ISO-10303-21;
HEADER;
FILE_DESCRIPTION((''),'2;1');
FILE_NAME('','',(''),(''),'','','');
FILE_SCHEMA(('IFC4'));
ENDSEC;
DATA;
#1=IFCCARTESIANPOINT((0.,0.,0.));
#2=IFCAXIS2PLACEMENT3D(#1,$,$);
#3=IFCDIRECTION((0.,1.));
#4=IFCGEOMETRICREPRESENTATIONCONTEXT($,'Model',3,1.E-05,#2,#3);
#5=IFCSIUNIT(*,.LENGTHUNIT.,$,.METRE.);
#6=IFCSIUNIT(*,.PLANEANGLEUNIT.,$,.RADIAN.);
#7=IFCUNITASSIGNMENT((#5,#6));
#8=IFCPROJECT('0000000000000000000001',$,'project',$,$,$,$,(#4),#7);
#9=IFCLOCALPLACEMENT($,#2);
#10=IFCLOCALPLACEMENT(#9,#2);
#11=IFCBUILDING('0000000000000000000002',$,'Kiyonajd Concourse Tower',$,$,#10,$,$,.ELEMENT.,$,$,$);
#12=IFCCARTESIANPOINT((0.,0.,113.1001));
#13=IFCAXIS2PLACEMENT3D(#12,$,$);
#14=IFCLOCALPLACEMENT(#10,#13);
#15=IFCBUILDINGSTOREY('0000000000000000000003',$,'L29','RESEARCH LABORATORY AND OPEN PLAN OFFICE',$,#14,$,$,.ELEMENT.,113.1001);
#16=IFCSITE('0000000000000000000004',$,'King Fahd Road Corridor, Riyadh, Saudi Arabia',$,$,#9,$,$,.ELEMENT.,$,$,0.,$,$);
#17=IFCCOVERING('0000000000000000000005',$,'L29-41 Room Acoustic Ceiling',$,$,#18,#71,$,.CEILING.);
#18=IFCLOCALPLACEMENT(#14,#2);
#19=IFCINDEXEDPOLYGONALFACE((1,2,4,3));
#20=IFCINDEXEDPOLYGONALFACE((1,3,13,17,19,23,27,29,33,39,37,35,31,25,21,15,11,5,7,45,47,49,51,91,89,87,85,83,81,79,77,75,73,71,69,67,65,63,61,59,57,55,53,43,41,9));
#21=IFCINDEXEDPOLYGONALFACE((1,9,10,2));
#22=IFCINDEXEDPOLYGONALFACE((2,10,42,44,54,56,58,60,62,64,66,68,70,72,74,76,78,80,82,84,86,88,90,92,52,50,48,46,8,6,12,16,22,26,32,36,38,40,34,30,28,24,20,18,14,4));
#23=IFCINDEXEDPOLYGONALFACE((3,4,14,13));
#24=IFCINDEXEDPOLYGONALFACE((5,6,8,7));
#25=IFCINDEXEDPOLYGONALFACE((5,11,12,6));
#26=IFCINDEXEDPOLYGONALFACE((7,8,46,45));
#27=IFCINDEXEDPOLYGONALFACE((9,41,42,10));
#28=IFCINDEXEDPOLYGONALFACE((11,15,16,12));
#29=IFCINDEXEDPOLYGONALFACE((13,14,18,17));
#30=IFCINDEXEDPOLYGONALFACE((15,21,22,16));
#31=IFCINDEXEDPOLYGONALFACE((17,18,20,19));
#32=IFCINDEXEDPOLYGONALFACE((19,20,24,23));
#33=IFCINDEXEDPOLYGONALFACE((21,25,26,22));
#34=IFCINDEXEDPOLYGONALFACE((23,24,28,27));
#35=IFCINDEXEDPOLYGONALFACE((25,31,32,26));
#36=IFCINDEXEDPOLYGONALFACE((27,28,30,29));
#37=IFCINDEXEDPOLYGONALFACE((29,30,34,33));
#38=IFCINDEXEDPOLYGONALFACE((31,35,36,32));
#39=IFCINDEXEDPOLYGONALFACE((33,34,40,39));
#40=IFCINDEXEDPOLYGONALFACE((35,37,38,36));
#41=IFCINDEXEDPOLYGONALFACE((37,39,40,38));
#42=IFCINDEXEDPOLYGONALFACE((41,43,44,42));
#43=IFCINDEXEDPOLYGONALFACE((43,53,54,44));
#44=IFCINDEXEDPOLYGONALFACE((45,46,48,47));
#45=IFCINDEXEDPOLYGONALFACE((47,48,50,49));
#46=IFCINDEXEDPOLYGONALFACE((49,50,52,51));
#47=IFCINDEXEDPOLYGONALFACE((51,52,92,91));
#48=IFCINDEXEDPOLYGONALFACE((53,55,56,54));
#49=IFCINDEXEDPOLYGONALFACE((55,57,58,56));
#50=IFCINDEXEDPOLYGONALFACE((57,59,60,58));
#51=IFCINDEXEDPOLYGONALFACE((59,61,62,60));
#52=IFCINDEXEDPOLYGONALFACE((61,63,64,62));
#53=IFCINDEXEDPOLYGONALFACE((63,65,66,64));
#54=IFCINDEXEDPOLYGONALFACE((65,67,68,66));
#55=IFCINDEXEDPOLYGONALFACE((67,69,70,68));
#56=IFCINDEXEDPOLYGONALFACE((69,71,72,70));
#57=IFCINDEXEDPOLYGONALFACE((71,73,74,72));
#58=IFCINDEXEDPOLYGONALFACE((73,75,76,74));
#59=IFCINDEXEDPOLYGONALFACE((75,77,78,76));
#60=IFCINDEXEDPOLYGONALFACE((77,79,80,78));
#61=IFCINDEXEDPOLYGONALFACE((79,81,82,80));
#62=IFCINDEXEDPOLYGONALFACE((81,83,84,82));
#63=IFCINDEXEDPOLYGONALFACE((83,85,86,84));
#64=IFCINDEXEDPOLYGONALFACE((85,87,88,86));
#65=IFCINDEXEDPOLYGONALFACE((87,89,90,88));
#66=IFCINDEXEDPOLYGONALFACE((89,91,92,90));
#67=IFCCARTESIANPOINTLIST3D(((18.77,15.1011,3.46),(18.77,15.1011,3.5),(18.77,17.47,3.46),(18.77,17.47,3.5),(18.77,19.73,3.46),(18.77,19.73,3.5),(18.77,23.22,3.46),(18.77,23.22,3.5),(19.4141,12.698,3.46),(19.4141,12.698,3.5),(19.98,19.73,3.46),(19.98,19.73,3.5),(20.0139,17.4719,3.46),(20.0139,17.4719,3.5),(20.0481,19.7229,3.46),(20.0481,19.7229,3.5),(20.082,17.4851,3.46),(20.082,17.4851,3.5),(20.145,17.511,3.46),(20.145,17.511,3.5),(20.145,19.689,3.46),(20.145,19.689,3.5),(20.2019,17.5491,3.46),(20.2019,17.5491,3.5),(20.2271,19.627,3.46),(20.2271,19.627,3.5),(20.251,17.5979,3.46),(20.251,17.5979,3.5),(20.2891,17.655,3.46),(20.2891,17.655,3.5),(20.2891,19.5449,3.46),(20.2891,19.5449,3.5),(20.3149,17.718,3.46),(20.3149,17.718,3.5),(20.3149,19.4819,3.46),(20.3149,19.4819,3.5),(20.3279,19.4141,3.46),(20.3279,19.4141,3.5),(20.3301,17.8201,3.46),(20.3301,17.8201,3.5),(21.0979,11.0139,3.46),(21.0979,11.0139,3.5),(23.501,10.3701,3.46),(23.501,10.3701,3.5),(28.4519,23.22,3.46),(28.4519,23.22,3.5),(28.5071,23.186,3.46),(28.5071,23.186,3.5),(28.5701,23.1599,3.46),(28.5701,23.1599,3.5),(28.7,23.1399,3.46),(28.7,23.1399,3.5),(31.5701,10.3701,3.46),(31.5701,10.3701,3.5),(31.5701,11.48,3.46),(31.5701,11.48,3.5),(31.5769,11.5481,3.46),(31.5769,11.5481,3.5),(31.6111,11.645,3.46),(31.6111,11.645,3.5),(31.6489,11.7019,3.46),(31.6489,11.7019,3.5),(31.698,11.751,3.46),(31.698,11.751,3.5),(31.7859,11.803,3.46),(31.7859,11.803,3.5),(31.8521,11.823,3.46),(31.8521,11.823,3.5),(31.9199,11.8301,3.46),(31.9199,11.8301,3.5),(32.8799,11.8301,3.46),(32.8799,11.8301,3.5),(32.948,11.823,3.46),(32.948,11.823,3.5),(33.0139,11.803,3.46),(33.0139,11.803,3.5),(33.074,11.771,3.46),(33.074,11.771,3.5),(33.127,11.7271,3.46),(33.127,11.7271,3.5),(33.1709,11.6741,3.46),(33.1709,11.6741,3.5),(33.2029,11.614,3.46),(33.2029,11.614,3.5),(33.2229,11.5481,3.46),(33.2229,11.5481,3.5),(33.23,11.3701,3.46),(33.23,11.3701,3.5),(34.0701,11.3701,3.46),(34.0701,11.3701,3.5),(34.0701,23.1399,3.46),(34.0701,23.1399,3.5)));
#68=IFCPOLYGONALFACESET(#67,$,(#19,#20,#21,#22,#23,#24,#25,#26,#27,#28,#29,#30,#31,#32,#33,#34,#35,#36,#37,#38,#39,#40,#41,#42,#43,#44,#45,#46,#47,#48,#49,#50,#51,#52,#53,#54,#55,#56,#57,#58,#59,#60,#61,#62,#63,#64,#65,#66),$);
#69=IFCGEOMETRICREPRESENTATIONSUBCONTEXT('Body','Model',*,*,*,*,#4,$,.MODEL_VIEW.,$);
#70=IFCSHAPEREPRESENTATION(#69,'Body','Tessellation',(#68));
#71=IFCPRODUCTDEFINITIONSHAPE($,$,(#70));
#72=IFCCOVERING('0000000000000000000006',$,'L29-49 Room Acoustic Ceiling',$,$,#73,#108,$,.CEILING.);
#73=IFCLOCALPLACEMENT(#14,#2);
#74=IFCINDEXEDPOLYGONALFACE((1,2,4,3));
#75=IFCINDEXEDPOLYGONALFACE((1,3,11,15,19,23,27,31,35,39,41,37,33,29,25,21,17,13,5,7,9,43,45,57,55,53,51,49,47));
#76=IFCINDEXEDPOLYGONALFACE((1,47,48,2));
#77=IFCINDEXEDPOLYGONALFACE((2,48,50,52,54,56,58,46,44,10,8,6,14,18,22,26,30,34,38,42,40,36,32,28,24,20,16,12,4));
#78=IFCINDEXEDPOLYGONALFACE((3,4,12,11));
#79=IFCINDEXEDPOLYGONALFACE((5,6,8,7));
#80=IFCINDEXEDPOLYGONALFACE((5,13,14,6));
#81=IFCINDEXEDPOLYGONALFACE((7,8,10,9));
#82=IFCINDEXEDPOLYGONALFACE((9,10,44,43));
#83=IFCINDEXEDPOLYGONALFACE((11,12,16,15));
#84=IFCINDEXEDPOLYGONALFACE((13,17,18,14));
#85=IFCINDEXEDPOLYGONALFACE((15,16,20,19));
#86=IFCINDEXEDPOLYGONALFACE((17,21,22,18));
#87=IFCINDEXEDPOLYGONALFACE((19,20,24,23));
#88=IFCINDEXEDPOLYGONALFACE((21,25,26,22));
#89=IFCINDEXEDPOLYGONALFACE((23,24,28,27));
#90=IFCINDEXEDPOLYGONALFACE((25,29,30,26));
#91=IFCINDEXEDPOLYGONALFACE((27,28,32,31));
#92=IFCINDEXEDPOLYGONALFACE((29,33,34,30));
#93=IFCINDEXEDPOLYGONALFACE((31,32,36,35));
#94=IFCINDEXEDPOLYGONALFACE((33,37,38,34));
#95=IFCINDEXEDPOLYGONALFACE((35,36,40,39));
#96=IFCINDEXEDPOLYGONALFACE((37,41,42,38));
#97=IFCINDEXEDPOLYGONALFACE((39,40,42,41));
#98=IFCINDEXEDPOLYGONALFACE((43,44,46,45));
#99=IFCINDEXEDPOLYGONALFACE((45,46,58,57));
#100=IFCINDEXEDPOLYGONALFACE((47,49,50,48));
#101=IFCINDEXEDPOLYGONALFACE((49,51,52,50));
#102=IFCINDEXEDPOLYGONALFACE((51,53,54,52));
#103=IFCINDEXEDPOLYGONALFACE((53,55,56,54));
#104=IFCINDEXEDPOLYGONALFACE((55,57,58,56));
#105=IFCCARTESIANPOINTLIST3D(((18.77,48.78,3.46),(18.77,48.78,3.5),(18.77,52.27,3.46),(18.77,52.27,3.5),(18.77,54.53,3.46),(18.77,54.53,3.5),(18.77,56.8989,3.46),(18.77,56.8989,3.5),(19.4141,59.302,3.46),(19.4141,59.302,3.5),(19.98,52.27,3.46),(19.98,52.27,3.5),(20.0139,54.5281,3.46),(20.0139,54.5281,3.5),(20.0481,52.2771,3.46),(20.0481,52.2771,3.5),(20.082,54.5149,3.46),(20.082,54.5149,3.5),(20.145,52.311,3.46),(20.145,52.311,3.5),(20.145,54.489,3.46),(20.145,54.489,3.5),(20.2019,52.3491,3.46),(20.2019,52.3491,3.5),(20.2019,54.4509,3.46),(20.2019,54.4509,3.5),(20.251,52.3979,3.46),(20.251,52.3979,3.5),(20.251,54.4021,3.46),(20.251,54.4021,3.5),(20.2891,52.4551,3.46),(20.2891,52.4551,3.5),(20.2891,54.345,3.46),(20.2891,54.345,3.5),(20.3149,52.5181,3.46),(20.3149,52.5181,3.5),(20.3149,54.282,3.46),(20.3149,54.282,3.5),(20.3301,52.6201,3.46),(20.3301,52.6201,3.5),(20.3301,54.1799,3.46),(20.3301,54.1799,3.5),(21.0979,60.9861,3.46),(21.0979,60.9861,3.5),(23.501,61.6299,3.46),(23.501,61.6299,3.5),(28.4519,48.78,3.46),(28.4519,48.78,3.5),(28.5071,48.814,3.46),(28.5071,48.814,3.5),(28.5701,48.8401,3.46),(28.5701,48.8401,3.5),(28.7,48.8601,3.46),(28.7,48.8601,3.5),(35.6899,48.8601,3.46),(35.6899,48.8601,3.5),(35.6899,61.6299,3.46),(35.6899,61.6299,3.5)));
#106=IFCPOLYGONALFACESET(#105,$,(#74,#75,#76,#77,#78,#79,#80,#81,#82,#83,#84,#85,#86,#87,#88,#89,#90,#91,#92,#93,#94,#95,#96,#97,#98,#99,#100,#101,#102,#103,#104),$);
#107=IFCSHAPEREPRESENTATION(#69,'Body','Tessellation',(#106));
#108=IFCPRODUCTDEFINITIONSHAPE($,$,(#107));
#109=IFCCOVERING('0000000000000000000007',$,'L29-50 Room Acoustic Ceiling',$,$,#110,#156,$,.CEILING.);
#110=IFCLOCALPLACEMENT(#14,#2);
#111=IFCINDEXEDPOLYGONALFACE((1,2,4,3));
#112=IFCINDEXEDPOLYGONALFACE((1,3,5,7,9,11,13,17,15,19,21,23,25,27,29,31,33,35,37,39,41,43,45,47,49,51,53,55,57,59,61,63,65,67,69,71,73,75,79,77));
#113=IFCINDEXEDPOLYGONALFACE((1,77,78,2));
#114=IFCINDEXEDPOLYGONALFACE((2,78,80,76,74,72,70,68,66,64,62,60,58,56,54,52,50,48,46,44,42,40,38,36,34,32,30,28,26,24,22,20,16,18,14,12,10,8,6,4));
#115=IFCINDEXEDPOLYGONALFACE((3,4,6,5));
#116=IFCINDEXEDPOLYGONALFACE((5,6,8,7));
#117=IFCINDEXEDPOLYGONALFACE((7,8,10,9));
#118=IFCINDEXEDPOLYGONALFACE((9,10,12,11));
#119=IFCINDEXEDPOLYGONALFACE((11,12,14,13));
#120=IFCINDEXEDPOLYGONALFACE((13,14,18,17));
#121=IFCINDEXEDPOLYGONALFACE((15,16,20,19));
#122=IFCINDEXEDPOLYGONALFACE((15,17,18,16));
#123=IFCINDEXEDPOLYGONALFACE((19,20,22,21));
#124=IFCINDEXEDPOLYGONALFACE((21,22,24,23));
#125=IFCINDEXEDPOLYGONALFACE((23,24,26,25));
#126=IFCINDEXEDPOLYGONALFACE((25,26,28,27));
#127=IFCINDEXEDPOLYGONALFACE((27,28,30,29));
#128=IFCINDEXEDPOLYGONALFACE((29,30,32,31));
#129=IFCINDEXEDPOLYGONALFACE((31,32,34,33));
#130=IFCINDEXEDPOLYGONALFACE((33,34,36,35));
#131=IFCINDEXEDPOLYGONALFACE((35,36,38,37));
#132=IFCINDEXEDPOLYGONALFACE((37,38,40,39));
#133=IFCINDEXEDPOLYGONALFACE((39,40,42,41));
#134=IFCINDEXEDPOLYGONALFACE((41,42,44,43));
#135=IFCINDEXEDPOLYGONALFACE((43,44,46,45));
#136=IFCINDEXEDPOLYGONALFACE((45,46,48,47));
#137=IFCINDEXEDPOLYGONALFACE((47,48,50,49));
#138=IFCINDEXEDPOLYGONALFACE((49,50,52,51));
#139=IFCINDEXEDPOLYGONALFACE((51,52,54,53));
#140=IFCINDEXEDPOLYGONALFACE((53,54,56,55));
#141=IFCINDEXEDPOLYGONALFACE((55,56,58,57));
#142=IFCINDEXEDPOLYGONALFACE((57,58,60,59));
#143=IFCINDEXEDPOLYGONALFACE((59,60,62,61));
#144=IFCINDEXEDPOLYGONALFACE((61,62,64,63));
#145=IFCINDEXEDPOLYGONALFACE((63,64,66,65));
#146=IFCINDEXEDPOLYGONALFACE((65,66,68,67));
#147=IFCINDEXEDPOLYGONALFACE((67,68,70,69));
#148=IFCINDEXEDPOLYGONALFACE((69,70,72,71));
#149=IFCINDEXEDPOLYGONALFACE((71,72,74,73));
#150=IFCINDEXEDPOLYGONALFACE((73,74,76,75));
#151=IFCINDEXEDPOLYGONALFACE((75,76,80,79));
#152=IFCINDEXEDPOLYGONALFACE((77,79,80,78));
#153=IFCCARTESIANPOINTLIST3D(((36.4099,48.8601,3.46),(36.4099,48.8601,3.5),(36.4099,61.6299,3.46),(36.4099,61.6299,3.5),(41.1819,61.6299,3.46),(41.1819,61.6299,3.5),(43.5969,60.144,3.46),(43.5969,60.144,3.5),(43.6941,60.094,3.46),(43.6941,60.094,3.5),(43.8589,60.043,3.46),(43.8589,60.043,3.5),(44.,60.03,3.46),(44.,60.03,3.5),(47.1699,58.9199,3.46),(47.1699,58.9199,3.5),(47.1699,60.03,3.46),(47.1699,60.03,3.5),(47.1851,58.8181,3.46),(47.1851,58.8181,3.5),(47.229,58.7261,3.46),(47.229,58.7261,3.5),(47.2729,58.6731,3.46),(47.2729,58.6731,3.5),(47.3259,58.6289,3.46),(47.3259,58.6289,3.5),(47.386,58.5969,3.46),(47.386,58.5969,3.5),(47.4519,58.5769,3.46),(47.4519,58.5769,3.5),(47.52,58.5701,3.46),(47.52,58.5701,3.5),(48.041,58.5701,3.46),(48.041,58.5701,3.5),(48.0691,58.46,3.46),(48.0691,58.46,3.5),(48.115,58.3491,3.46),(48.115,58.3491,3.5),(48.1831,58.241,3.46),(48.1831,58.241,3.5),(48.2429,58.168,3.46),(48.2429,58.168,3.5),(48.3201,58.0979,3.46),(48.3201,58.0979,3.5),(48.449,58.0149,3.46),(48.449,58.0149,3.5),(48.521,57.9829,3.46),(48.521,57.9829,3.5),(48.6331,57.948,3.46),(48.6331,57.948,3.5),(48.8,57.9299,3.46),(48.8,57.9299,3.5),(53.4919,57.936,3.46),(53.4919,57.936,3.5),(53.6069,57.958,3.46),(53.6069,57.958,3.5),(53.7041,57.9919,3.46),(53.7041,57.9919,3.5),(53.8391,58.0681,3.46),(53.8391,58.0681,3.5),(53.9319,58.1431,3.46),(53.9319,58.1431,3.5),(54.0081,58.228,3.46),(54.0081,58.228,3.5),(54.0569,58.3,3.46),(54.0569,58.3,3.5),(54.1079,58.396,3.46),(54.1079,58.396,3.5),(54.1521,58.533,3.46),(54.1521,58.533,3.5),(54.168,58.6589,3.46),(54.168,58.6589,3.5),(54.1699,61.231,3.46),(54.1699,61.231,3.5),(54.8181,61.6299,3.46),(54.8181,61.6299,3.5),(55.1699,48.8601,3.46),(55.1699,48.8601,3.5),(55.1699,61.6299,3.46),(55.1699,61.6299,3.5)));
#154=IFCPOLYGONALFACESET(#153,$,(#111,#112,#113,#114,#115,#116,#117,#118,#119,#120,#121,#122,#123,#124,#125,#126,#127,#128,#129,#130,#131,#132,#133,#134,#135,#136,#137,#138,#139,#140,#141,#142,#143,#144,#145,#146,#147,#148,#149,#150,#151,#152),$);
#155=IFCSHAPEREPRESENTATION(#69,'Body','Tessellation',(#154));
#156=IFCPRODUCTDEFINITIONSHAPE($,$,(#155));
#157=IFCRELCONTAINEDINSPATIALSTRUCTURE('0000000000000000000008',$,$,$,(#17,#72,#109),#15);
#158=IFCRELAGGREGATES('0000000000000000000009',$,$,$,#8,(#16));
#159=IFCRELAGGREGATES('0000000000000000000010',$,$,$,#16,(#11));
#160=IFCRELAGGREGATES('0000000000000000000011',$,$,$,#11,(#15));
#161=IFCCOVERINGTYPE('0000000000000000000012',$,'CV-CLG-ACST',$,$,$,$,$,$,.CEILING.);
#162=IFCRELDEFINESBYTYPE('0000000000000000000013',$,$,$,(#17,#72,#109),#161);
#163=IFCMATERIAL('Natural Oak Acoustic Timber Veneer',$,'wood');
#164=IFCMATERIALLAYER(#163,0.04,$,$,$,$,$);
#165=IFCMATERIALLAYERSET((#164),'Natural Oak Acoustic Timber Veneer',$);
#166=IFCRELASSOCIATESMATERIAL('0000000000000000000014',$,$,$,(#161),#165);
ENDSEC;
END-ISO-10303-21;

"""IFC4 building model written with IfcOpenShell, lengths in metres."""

from ifc_helpers import new_model, si_unit, direction, frame, origin, place, context, subcontext, project, spatial, polyline, outline, extrude, material, layer, layer_set, type_object, element, save


model = new_model("IFC4")

# Units and contexts
model_context = context("Model", 3, precision=1e-05, world=origin(), true_north=direction((0.0, 1.0)))
body_context = subcontext(model_context, "Body", "Model", "MODEL_VIEW")
ifc_project = project(units=[si_unit("LENGTHUNIT", "METRE"), si_unit("PLANEANGLEUNIT", "RADIAN")], contexts=[model_context])

# Site, building, storey
site_placement = place(None, origin())
site = spatial("IfcSite", under=ifc_project, at=site_placement, Name="King Fahd Road Corridor, Riyadh, Saudi Arabia", CompositionType="ELEMENT", RefElevation=0.0)
building_placement = place(site_placement, origin())
building = spatial("IfcBuilding", under=site, at=building_placement, Name="Kiyonajd Concourse Tower", CompositionType="ELEMENT")
storey_placement = place(building_placement, frame((0.0, 0.0, 113.1001)))
storey = spatial("IfcBuildingStorey", under=building, at=storey_placement, Name="L29", Description="RESEARCH LABORATORY AND OPEN PLAN OFFICE", CompositionType="ELEMENT", Elevation=113.1001)

# Shared definitions
ifc_material_1 = material(Name="Natural Oak Acoustic Timber Veneer", Category="wood")

# Coverings
ifc_layer_1 = layer(ifc_material_1, 0.04)
ifc_layer_set_1 = layer_set([ifc_layer_1], Name="Natural Oak Acoustic Timber Veneer")
covering_type = type_object("IfcCoveringType", Name="CV-CLG-ACST", PredefinedType="CEILING", material=ifc_layer_set_1)
covering_1_placement = place(storey_placement, frame((0.0, 0.0, 3.46)))
element("IfcCovering", 1, at=covering_1_placement, inside=storey, type_object=covering_type, Name="L29-41 Room Acoustic Ceiling", PredefinedType="CEILING", context=body_context, shape_type="SweptSolid", body=[
    extrude(outline(polyline([(19.4141, 12.698), (18.77, 15.1011), (18.77, 17.47), (20.0139, 17.4719), (20.082, 17.4851), (20.145, 17.511), (20.2019, 17.5491), (20.251, 17.5979), (20.2891, 17.655), (20.3149, 17.718), (20.3301, 17.8201), (20.3279, 19.4141), (20.3149, 19.4819), (20.2891, 19.5449), (20.2271, 19.627), (20.145, 19.689), (20.0481, 19.7229), (19.98, 19.73), (18.77, 19.73), (18.77, 23.22), (28.4519, 23.22), (28.5071, 23.186), (28.5701, 23.1599), (28.7, 23.1399), (34.0701, 23.1399), (34.0701, 11.3701), (33.23, 11.3701), (33.2229, 11.5481), (33.2029, 11.614), (33.1709, 11.6741), (33.127, 11.7271), (33.074, 11.771), (33.0139, 11.803), (32.948, 11.823), (32.8799, 11.8301), (31.9199, 11.8301), (31.8521, 11.823), (31.7859, 11.803), (31.698, 11.751), (31.6489, 11.7019), (31.6111, 11.645), (31.5769, 11.5481), (31.5701, 11.48), (31.5701, 10.3701), (23.501, 10.3701), (21.0979, 11.0139), (19.4141, 12.698)])), origin(), (0.0, 0.0, 1.0), 0.04),
])
covering_2_placement = place(storey_placement, frame((0.0, 0.0, 3.46)))
element("IfcCovering", 2, at=covering_2_placement, inside=storey, type_object=covering_type, Name="L29-49 Room Acoustic Ceiling", PredefinedType="CEILING", context=body_context, shape_type="SweptSolid", body=[
    extrude(outline(polyline([(21.0979, 60.9861), (23.501, 61.6299), (35.6899, 61.6299), (35.6899, 48.8601), (28.7, 48.8601), (28.5701, 48.8401), (28.5071, 48.814), (28.4519, 48.78), (18.77, 48.78), (18.77, 52.27), (19.98, 52.27), (20.0481, 52.2771), (20.145, 52.311), (20.2019, 52.3491), (20.251, 52.3979), (20.2891, 52.4551), (20.3149, 52.5181), (20.3301, 52.6201), (20.3301, 54.1799), (20.3149, 54.282), (20.2891, 54.345), (20.251, 54.4021), (20.2019, 54.4509), (20.145, 54.489), (20.082, 54.5149), (20.0139, 54.5281), (18.77, 54.53), (18.77, 56.8989), (19.4141, 59.302), (21.0979, 60.9861)])), origin(), (0.0, 0.0, 1.0), 0.04),
])
covering_3_placement = place(storey_placement, frame((0.0, 0.0, 3.46)))
element("IfcCovering", 3, at=covering_3_placement, inside=storey, type_object=covering_type, Name="L29-50 Room Acoustic Ceiling", PredefinedType="CEILING", context=body_context, shape_type="SweptSolid", body=[
    extrude(outline(polyline([(43.6941, 60.094), (43.8589, 60.043), (44.0, 60.03), (47.1699, 60.03), (47.1699, 58.9199), (47.1851, 58.8181), (47.229, 58.7261), (47.2729, 58.6731), (47.3259, 58.6289), (47.386, 58.5969), (47.4519, 58.5769), (47.52, 58.5701), (48.041, 58.5701), (48.0691, 58.46), (48.115, 58.3491), (48.1831, 58.241), (48.2429, 58.168), (48.3201, 58.0979), (48.449, 58.0149), (48.521, 57.9829), (48.6331, 57.948), (48.8, 57.9299), (53.4919, 57.936), (53.6069, 57.958), (53.7041, 57.9919), (53.8391, 58.0681), (53.9319, 58.1431), (54.0081, 58.228), (54.0569, 58.3), (54.1079, 58.396), (54.1521, 58.533), (54.168, 58.6589), (54.1699, 61.231), (54.8181, 61.6299), (55.1699, 61.6299), (55.1699, 48.8601), (36.4099, 48.8601), (36.4099, 61.6299), (41.1819, 61.6299), (43.5969, 60.144), (43.6941, 60.094)])), origin(), (0.0, 0.0, 1.0), 0.04),
])

save(model, "model.ifc")
